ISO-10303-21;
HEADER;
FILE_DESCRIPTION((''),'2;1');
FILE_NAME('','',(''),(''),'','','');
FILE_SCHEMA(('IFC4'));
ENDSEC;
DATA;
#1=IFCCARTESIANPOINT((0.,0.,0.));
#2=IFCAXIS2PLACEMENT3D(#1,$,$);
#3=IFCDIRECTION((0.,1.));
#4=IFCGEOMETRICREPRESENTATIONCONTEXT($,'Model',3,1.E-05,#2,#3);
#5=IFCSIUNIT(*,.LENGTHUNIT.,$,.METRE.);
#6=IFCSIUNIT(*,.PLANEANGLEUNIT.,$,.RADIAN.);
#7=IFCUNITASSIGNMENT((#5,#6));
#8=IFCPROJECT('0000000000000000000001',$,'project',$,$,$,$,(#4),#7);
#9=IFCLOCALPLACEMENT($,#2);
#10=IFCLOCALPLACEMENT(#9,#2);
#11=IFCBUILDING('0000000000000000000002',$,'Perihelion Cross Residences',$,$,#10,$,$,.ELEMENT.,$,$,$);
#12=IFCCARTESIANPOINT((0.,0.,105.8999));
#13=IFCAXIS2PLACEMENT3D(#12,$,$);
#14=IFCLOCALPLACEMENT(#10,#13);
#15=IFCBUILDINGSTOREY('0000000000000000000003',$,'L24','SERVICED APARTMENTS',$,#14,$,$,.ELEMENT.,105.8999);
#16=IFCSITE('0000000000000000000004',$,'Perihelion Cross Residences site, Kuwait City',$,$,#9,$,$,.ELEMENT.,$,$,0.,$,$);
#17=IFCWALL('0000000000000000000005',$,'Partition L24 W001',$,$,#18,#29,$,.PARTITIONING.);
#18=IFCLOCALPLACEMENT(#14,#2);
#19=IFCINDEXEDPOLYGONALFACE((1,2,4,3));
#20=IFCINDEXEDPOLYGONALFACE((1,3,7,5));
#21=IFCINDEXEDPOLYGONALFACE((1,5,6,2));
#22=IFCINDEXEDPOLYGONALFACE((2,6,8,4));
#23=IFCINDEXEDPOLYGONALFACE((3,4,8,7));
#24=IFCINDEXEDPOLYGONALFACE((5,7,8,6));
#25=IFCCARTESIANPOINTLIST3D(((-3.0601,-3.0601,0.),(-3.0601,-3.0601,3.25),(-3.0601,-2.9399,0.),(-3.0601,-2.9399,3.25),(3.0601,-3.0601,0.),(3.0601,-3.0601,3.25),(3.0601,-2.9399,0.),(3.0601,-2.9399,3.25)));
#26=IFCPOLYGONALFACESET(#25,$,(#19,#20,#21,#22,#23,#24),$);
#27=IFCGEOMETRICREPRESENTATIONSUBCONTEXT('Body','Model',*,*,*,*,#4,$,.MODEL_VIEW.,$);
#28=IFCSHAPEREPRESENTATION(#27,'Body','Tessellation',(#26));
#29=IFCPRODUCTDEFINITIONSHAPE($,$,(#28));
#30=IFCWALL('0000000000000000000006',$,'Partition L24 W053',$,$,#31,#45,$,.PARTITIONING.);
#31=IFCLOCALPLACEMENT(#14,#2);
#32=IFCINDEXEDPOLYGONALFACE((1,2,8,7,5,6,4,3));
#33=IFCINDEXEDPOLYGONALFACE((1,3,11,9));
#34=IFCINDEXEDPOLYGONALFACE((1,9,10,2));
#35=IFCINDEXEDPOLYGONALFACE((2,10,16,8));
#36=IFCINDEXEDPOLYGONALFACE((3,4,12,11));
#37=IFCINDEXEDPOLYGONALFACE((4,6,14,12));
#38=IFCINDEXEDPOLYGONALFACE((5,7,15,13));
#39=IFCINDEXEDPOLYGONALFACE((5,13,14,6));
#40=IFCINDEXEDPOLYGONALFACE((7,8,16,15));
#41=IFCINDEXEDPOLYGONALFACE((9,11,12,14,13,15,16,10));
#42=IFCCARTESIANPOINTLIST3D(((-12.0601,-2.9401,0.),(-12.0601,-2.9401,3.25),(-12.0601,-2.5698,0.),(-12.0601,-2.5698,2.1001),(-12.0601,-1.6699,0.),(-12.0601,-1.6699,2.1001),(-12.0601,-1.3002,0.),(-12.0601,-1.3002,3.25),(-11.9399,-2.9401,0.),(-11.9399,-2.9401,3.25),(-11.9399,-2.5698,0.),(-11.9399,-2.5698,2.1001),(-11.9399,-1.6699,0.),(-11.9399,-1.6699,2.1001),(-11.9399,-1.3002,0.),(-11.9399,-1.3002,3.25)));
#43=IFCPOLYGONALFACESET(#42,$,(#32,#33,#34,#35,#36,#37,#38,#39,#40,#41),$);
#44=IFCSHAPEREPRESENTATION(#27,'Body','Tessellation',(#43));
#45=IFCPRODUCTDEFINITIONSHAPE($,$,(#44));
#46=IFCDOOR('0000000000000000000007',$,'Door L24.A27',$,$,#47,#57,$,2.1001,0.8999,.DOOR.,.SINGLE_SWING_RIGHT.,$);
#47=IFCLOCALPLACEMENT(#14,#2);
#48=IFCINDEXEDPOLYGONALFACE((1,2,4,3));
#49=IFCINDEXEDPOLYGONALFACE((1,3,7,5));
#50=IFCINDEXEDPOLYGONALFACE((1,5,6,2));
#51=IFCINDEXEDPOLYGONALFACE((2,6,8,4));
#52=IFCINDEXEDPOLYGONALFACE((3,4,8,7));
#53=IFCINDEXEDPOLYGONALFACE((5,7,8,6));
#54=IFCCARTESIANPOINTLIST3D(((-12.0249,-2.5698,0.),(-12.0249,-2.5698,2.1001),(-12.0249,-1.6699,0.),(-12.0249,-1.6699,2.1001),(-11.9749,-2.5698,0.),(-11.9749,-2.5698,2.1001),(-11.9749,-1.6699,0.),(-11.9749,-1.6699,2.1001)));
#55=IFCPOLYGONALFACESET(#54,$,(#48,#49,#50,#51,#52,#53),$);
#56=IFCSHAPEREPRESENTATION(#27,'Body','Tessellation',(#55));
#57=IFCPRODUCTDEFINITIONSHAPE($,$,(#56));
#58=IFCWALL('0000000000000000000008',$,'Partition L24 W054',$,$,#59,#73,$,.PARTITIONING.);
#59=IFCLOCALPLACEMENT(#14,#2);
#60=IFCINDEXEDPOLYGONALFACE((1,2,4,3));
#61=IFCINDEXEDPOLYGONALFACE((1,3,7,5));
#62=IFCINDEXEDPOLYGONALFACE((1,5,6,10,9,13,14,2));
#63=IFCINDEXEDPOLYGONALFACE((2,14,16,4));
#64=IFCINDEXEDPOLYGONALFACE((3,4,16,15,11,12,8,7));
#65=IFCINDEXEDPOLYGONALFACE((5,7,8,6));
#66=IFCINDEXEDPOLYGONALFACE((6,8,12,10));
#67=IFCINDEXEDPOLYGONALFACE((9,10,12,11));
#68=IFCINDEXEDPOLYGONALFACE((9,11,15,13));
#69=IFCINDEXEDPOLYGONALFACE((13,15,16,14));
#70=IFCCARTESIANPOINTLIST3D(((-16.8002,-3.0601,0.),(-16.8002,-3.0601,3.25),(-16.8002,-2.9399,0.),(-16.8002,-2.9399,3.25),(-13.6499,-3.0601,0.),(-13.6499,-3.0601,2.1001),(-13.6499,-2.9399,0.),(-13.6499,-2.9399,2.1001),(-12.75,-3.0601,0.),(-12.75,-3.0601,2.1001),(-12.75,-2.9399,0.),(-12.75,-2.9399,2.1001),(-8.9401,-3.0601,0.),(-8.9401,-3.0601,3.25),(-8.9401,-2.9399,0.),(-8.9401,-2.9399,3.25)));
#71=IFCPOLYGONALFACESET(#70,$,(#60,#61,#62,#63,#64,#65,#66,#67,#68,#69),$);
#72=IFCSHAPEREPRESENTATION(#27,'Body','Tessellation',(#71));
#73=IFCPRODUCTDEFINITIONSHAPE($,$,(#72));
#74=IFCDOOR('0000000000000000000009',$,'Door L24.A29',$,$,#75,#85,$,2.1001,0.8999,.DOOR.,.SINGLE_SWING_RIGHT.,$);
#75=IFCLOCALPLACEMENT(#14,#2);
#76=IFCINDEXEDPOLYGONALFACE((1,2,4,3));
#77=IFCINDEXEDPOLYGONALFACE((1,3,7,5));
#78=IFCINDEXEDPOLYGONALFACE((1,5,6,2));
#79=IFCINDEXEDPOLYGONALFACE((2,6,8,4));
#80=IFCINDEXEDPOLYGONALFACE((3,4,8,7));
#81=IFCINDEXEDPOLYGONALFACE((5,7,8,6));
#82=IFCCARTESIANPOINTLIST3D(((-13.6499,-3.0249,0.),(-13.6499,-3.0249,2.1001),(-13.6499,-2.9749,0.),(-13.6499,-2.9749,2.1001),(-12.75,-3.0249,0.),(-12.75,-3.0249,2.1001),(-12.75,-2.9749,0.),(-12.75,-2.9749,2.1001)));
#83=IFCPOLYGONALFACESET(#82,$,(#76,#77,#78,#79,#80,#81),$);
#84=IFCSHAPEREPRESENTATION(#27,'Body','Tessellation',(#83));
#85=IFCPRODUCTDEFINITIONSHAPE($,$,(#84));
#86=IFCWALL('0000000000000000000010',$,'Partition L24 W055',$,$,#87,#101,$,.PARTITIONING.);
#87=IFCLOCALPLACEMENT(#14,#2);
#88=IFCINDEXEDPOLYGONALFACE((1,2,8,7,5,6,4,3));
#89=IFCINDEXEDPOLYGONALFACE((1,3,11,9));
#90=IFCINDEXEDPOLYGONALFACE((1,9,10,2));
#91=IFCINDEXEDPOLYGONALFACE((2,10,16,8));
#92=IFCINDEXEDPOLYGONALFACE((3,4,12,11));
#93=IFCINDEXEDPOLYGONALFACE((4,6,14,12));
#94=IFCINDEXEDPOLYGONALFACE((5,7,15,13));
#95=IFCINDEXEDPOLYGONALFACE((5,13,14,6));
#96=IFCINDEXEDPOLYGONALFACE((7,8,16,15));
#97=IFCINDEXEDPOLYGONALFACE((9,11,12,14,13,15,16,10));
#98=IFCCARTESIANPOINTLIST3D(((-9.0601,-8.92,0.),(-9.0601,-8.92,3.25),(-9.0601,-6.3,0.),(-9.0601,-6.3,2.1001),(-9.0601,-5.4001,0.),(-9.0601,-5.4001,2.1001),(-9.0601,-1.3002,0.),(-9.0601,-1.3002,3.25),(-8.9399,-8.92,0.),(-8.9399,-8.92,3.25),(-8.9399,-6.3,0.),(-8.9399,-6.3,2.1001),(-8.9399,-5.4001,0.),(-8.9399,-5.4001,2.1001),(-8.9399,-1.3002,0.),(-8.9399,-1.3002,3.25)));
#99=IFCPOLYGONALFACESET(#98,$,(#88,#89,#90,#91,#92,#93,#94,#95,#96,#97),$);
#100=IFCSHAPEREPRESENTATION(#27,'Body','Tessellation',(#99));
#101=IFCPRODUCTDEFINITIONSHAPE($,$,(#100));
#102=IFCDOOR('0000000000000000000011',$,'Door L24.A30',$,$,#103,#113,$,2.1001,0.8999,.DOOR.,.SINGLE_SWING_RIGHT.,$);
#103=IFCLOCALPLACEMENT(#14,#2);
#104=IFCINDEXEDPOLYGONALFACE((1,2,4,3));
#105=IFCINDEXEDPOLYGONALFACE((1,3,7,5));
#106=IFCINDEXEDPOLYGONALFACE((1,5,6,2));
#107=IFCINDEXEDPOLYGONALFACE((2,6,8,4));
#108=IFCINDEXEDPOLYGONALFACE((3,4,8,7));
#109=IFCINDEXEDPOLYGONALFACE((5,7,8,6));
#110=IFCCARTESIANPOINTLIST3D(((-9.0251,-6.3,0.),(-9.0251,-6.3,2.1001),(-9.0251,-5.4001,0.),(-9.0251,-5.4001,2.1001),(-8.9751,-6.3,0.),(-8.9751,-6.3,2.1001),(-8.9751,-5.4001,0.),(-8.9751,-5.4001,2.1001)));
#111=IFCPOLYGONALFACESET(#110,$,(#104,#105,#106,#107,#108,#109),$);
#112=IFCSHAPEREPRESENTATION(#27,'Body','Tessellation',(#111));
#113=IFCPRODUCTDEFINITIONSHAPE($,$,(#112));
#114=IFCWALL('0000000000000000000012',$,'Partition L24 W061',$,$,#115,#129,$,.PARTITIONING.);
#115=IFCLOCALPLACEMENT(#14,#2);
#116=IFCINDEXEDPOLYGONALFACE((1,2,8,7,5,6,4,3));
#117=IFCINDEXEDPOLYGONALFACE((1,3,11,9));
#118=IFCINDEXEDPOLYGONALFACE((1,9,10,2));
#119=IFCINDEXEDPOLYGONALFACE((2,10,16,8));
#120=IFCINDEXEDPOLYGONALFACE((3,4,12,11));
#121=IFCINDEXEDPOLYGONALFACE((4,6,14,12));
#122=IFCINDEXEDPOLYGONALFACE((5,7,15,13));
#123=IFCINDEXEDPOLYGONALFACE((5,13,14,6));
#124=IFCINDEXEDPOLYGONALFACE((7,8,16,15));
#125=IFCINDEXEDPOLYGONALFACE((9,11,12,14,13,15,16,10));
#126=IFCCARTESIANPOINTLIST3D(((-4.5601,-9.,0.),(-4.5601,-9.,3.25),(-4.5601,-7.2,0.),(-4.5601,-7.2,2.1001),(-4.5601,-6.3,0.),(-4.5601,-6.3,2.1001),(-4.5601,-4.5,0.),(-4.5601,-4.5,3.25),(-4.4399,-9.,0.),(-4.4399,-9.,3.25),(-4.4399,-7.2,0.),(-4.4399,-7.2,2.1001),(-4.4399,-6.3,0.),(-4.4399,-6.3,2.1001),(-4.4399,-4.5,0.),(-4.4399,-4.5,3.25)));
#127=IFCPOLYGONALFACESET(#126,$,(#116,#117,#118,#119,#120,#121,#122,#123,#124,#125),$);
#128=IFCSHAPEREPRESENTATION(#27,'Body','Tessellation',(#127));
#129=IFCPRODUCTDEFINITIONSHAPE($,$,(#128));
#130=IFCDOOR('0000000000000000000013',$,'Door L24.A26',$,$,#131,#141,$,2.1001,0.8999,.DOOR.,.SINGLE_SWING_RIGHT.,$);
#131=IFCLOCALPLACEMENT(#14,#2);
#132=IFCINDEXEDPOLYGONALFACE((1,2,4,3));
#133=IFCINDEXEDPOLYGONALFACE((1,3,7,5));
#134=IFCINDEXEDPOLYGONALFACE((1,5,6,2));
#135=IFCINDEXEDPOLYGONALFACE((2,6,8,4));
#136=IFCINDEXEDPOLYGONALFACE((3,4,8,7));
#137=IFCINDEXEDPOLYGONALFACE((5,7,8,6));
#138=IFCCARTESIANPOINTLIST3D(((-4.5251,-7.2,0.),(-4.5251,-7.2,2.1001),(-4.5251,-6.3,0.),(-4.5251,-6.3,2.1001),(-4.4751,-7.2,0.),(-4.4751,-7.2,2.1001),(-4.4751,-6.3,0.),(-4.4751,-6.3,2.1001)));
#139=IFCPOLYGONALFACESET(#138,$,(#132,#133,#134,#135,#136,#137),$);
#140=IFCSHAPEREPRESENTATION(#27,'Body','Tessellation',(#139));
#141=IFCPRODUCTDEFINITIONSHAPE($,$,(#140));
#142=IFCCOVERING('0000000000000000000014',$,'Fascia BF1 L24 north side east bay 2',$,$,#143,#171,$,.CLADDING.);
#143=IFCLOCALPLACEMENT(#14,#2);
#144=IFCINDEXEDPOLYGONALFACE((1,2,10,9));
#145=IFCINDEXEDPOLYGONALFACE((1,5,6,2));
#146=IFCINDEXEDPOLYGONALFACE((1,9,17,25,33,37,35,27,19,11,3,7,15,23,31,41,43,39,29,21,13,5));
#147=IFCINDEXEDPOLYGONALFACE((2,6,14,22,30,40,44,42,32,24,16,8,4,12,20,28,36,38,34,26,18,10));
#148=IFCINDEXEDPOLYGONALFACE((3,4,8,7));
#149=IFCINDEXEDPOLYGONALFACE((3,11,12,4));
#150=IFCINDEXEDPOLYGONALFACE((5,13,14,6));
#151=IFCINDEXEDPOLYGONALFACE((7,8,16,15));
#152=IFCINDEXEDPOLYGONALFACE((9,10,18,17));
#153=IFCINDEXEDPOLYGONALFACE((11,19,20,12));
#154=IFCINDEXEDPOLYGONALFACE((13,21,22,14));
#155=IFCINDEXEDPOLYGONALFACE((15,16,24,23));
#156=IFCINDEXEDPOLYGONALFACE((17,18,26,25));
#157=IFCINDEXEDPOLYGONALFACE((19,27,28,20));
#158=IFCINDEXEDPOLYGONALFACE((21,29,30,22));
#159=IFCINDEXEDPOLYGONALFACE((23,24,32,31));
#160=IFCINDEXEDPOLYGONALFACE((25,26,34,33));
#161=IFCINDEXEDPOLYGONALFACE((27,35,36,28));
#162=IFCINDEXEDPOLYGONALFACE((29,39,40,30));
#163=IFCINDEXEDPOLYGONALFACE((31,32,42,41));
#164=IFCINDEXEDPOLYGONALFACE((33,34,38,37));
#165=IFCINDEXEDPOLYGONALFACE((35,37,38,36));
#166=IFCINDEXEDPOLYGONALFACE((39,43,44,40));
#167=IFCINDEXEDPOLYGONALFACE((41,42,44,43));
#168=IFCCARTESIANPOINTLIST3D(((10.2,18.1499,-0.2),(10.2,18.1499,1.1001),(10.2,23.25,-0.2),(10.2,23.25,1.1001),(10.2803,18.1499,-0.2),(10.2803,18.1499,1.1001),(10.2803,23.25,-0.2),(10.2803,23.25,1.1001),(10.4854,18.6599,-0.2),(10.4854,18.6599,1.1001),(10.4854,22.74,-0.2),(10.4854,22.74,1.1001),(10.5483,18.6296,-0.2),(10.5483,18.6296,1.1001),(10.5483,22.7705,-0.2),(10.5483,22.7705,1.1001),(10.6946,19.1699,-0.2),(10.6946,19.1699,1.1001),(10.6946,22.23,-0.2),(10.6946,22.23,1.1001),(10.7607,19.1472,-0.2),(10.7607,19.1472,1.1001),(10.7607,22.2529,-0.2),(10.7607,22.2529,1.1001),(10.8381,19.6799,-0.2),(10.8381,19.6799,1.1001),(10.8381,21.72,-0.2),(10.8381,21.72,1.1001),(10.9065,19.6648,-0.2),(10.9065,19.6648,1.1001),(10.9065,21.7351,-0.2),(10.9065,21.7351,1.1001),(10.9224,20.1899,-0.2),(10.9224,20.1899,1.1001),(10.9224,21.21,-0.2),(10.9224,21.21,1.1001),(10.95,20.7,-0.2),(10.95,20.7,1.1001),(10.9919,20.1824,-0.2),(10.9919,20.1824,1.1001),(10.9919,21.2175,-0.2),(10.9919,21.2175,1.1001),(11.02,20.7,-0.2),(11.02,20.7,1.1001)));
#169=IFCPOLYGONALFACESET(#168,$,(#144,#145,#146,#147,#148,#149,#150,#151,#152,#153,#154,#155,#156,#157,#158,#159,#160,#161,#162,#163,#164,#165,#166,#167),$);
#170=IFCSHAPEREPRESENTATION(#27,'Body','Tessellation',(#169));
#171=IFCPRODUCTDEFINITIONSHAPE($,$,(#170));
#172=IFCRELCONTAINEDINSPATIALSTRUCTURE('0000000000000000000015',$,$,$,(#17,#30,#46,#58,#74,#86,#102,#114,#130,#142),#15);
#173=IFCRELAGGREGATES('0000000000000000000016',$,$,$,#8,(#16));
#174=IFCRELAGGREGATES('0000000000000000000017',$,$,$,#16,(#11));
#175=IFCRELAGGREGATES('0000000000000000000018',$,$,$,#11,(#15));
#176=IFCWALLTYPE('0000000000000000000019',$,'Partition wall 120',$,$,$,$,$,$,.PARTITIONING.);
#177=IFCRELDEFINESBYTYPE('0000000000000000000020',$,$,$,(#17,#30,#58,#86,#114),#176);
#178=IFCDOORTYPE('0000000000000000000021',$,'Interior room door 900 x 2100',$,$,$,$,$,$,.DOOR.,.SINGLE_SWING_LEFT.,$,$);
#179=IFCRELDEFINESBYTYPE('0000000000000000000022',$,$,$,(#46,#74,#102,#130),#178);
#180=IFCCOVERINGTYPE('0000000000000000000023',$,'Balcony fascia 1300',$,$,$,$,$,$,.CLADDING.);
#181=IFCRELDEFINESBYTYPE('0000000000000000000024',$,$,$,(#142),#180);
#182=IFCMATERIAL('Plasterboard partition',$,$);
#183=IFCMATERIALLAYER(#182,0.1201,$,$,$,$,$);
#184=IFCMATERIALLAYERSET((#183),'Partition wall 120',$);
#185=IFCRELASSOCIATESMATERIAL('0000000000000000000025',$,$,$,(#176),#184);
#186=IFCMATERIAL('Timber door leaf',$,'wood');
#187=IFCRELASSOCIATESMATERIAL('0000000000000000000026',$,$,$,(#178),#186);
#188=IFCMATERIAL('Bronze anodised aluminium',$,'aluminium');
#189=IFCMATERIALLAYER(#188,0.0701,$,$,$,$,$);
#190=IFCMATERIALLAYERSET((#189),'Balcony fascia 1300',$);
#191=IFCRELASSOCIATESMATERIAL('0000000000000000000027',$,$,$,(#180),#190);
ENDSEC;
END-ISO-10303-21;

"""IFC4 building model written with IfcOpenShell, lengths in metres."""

from ifc_helpers import new_model, si_unit, direction, frame, frame_2d, origin, place, context, subcontext, project, spatial, polyline, rectangle, outline, extrude, material, layer, layer_set, type_object, element, fill, save


model = new_model("IFC4")

# Units and contexts
model_context = context("Model", 3, precision=1e-05, world=origin(), true_north=direction((0.0, 1.0)))
body_context = subcontext(model_context, "Body", "Model", "MODEL_VIEW")
ifc_project = project(units=[si_unit("LENGTHUNIT", "METRE"), si_unit("PLANEANGLEUNIT", "RADIAN")], contexts=[model_context])

# Site, building, storey
site_placement = place(None, origin())
site = spatial("IfcSite", under=ifc_project, at=site_placement, Name="Perihelion Cross Residences site, Kuwait City", CompositionType="ELEMENT", RefElevation=0.0)
building_placement = place(site_placement, origin())
building = spatial("IfcBuilding", under=site, at=building_placement, Name="Perihelion Cross Residences", CompositionType="ELEMENT")
storey_placement = place(building_placement, frame((0.0, 0.0, 105.8999)))
storey = spatial("IfcBuildingStorey", under=building, at=storey_placement, Name="L24", Description="SERVICED APARTMENTS", CompositionType="ELEMENT", Elevation=105.8999)

# Wall
ifc_material_1 = material(Name="Plasterboard partition")
ifc_layer_1 = layer(ifc_material_1, 0.1201)
ifc_layer_set_1 = layer_set([ifc_layer_1], Name="Partition wall 120")
wall_type_1 = type_object("IfcWallType", Name="Partition wall 120", PredefinedType="PARTITIONING", material=ifc_layer_set_1)
wall_1_placement = place(storey_placement, frame((-3.0601, -3.0, 0.0), z_axis=(0.0, 0.0, 1.0), x_axis=(1.0, 0.0, 0.0)))
element("IfcWall", 1, at=wall_1_placement, inside=storey, type_object=wall_type_1, Name="Partition L24 W001", PredefinedType="PARTITIONING", context=body_context, shape_type="SweptSolid", body=[
    extrude(rectangle(XDim=6.1201, YDim=0.1201, at=frame_2d((3.0601, 0.0))), origin(), (0.0, 0.0, 1.0), 3.25),
])

# Walls, openings, doors
wall_2_placement = place(storey_placement, frame((-12.0, -2.9399, 0.0), z_axis=(0.0, 0.0, 1.0), x_axis=(0.0, 1.0, 0.0)))
wall_2 = element("IfcWall", 2, at=wall_2_placement, inside=storey, type_object=wall_type_1, Name="Partition L24 W053", PredefinedType="PARTITIONING", context=body_context, shape_type="SweptSolid", body=[
    extrude(rectangle(XDim=1.6399, YDim=0.1201, at=frame_2d((0.8198, 0.0))), origin(), (0.0, 0.0, 1.0), 3.25),
])
opening_1_placement = place(wall_2_placement, frame((0.3701, 0.0, 0.0)))
opening_1 = element("IfcOpeningElement", 3, at=opening_1_placement, cuts=wall_2, PredefinedType="OPENING", context=body_context, shape_type="SweptSolid", body=[
    extrude(rectangle(XDim=0.8999, YDim=2.1001, at=frame_2d((0.45, 1.05))), frame((0.0, 0.0701, 0.0), z_axis=(0.0, -1.0, 0.0), x_axis=(1.0, 0.0, 0.0)), (0.0, 0.0, 1.0), 0.1401),
])
ifc_material_2 = material(Name="Timber door leaf", Category="wood")
door_type_1 = type_object("IfcDoorType", Name="Interior room door 900 x 2100", OperationType="SINGLE_SWING_LEFT", PredefinedType="DOOR", material=ifc_material_2)
door_1_placement = place(opening_1_placement, origin())
door_1 = element("IfcDoor", 4, at=door_1_placement, inside=storey, type_object=door_type_1, Name="Door L24.A27", OperationType="SINGLE_SWING_RIGHT", OverallHeight=2.1001, OverallWidth=0.8999, PredefinedType="DOOR", context=body_context, shape_type="SweptSolid", body=[
    extrude(rectangle(XDim=0.8999, YDim=2.1001, at=frame_2d((0.45, 1.05))), frame((0.0, 0.0249, 0.0), z_axis=(0.0, -1.0, 0.0), x_axis=(1.0, 0.0, 0.0)), (0.0, 0.0, 1.0), 0.05),
])
fill(opening_1, door_1)
wall_3_placement = place(storey_placement, frame((-8.9399, -3.0, 0.0), z_axis=(0.0, 0.0, 1.0), x_axis=(-1.0, 0.0, 0.0)))
wall_3 = element("IfcWall", 5, at=wall_3_placement, inside=storey, type_object=wall_type_1, Name="Partition L24 W054", PredefinedType="PARTITIONING", context=body_context, shape_type="SweptSolid", body=[
    extrude(rectangle(XDim=7.8601, YDim=0.1201, at=frame_2d((3.9302, 0.0))), origin(), (0.0, 0.0, 1.0), 3.25),
])
opening_2_placement = place(wall_3_placement, frame((3.8101, 0.0, 0.0)))
opening_2 = element("IfcOpeningElement", 6, at=opening_2_placement, cuts=wall_3, PredefinedType="OPENING", context=body_context, shape_type="SweptSolid", body=[
    extrude(rectangle(XDim=0.8999, YDim=2.1001, at=frame_2d((0.45, 1.05))), frame((0.0, 0.0701, 0.0), z_axis=(0.0, -1.0, 0.0), x_axis=(1.0, 0.0, 0.0)), (0.0, 0.0, 1.0), 0.1401),
])
door_2_placement = place(opening_2_placement, origin())
door_2 = element("IfcDoor", 7, at=door_2_placement, inside=storey, type_object=door_type_1, Name="Door L24.A29", OperationType="SINGLE_SWING_RIGHT", OverallHeight=2.1001, OverallWidth=0.8999, PredefinedType="DOOR", context=body_context, shape_type="SweptSolid", body=[
    extrude(rectangle(XDim=0.8999, YDim=2.1001, at=frame_2d((0.45, 1.05))), frame((0.0, 0.0249, 0.0), z_axis=(0.0, -1.0, 0.0), x_axis=(1.0, 0.0, 0.0)), (0.0, 0.0, 1.0), 0.05),
])
fill(opening_2, door_2)
wall_4_placement = place(storey_placement, frame((-9.0, -1.3, 0.0), z_axis=(0.0, 0.0, 1.0), x_axis=(0.0, -1.0, 0.0)))
wall_4 = element("IfcWall", 8, at=wall_4_placement, inside=storey, type_object=wall_type_1, Name="Partition L24 W055", PredefinedType="PARTITIONING", context=body_context, shape_type="SweptSolid", body=[
    extrude(rectangle(XDim=7.6199, YDim=0.1201, at=frame_2d((3.8101, 0.0))), origin(), (0.0, 0.0, 1.0), 3.25),
])
opening_3_placement = place(wall_4_placement, frame((4.1001, 0.0, 0.0)))
opening_3 = element("IfcOpeningElement", 9, at=opening_3_placement, cuts=wall_4, PredefinedType="OPENING", context=body_context, shape_type="SweptSolid", body=[
    extrude(rectangle(XDim=0.8999, YDim=2.1001, at=frame_2d((0.45, 1.05))), frame((0.0, 0.0701, 0.0), z_axis=(0.0, -1.0, 0.0), x_axis=(1.0, 0.0, 0.0)), (0.0, 0.0, 1.0), 0.1401),
])
door_3_placement = place(opening_3_placement, origin())
door_3 = element("IfcDoor", 10, at=door_3_placement, inside=storey, type_object=door_type_1, Name="Door L24.A30", OperationType="SINGLE_SWING_RIGHT", OverallHeight=2.1001, OverallWidth=0.8999, PredefinedType="DOOR", context=body_context, shape_type="SweptSolid", body=[
    extrude(rectangle(XDim=0.8999, YDim=2.1001, at=frame_2d((0.45, 1.05))), frame((0.0, 0.0249, 0.0), z_axis=(0.0, -1.0, 0.0), x_axis=(1.0, 0.0, 0.0)), (0.0, 0.0, 1.0), 0.05),
])
fill(opening_3, door_3)
wall_5_placement = place(storey_placement, frame((-4.5, -4.5, 0.0), z_axis=(0.0, 0.0, 1.0), x_axis=(0.0, -1.0, 0.0)))
wall_5 = element("IfcWall", 11, at=wall_5_placement, inside=storey, type_object=wall_type_1, Name="Partition L24 W061", PredefinedType="PARTITIONING", context=body_context, shape_type="SweptSolid", body=[
    extrude(rectangle(XDim=4.5, YDim=0.1201, at=frame_2d((2.25, 0.0))), origin(), (0.0, 0.0, 1.0), 3.25),
])
opening_4_placement = place(wall_5_placement, frame((1.8, 0.0, 0.0)))
opening_4 = element("IfcOpeningElement", 12, at=opening_4_placement, cuts=wall_5, PredefinedType="OPENING", context=body_context, shape_type="SweptSolid", body=[
    extrude(rectangle(XDim=0.8999, YDim=2.1001, at=frame_2d((0.45, 1.05))), frame((0.0, 0.0701, 0.0), z_axis=(0.0, -1.0, 0.0), x_axis=(1.0, 0.0, 0.0)), (0.0, 0.0, 1.0), 0.1401),
])
door_4_placement = place(opening_4_placement, origin())
door_4 = element("IfcDoor", 13, at=door_4_placement, inside=storey, type_object=door_type_1, Name="Door L24.A26", OperationType="SINGLE_SWING_RIGHT", OverallHeight=2.1001, OverallWidth=0.8999, PredefinedType="DOOR", context=body_context, shape_type="SweptSolid", body=[
    extrude(rectangle(XDim=0.8999, YDim=2.1001, at=frame_2d((0.45, 1.05))), frame((0.0, 0.0249, 0.0), z_axis=(0.0, -1.0, 0.0), x_axis=(1.0, 0.0, 0.0)), (0.0, 0.0, 1.0), 0.05),
])
fill(opening_4, door_4)

# Covering
ifc_material_3 = material(Name="Bronze anodised aluminium", Category="aluminium")
ifc_layer_2 = layer(ifc_material_3, 0.0701)
ifc_layer_set_2 = layer_set([ifc_layer_2], Name="Balcony fascia 1300")
covering_type = type_object("IfcCoveringType", Name="Balcony fascia 1300", PredefinedType="CLADDING", material=ifc_layer_set_2)
covering_1_placement = place(storey_placement, frame((0.0, 0.0, -0.2)))
element("IfcCovering", 14, at=covering_1_placement, inside=storey, type_object=covering_type, Name="Fascia BF1 L24 north side east bay 2", PredefinedType="CLADDING", context=body_context, shape_type="SweptSolid", body=[
    extrude(outline(polyline([(10.5483, 18.6296), (10.7607, 19.1472), (10.9065, 19.6648), (10.9919, 20.1824), (11.02, 20.7), (10.9919, 21.2175), (10.9065, 21.7351), (10.7607, 22.2529), (10.5483, 22.7705), (10.2803, 23.25), (10.2, 23.25), (10.4854, 22.74), (10.6946, 22.23), (10.8381, 21.72), (10.9224, 21.21), (10.95, 20.7), (10.9224, 20.1899), (10.8381, 19.6799), (10.6946, 19.1699), (10.4854, 18.6599), (10.2, 18.1499), (10.2803, 18.1499), (10.5483, 18.6296)])), origin(), (0.0, 0.0, 1.0), 1.3),
])

save(model, "model.ifc")
